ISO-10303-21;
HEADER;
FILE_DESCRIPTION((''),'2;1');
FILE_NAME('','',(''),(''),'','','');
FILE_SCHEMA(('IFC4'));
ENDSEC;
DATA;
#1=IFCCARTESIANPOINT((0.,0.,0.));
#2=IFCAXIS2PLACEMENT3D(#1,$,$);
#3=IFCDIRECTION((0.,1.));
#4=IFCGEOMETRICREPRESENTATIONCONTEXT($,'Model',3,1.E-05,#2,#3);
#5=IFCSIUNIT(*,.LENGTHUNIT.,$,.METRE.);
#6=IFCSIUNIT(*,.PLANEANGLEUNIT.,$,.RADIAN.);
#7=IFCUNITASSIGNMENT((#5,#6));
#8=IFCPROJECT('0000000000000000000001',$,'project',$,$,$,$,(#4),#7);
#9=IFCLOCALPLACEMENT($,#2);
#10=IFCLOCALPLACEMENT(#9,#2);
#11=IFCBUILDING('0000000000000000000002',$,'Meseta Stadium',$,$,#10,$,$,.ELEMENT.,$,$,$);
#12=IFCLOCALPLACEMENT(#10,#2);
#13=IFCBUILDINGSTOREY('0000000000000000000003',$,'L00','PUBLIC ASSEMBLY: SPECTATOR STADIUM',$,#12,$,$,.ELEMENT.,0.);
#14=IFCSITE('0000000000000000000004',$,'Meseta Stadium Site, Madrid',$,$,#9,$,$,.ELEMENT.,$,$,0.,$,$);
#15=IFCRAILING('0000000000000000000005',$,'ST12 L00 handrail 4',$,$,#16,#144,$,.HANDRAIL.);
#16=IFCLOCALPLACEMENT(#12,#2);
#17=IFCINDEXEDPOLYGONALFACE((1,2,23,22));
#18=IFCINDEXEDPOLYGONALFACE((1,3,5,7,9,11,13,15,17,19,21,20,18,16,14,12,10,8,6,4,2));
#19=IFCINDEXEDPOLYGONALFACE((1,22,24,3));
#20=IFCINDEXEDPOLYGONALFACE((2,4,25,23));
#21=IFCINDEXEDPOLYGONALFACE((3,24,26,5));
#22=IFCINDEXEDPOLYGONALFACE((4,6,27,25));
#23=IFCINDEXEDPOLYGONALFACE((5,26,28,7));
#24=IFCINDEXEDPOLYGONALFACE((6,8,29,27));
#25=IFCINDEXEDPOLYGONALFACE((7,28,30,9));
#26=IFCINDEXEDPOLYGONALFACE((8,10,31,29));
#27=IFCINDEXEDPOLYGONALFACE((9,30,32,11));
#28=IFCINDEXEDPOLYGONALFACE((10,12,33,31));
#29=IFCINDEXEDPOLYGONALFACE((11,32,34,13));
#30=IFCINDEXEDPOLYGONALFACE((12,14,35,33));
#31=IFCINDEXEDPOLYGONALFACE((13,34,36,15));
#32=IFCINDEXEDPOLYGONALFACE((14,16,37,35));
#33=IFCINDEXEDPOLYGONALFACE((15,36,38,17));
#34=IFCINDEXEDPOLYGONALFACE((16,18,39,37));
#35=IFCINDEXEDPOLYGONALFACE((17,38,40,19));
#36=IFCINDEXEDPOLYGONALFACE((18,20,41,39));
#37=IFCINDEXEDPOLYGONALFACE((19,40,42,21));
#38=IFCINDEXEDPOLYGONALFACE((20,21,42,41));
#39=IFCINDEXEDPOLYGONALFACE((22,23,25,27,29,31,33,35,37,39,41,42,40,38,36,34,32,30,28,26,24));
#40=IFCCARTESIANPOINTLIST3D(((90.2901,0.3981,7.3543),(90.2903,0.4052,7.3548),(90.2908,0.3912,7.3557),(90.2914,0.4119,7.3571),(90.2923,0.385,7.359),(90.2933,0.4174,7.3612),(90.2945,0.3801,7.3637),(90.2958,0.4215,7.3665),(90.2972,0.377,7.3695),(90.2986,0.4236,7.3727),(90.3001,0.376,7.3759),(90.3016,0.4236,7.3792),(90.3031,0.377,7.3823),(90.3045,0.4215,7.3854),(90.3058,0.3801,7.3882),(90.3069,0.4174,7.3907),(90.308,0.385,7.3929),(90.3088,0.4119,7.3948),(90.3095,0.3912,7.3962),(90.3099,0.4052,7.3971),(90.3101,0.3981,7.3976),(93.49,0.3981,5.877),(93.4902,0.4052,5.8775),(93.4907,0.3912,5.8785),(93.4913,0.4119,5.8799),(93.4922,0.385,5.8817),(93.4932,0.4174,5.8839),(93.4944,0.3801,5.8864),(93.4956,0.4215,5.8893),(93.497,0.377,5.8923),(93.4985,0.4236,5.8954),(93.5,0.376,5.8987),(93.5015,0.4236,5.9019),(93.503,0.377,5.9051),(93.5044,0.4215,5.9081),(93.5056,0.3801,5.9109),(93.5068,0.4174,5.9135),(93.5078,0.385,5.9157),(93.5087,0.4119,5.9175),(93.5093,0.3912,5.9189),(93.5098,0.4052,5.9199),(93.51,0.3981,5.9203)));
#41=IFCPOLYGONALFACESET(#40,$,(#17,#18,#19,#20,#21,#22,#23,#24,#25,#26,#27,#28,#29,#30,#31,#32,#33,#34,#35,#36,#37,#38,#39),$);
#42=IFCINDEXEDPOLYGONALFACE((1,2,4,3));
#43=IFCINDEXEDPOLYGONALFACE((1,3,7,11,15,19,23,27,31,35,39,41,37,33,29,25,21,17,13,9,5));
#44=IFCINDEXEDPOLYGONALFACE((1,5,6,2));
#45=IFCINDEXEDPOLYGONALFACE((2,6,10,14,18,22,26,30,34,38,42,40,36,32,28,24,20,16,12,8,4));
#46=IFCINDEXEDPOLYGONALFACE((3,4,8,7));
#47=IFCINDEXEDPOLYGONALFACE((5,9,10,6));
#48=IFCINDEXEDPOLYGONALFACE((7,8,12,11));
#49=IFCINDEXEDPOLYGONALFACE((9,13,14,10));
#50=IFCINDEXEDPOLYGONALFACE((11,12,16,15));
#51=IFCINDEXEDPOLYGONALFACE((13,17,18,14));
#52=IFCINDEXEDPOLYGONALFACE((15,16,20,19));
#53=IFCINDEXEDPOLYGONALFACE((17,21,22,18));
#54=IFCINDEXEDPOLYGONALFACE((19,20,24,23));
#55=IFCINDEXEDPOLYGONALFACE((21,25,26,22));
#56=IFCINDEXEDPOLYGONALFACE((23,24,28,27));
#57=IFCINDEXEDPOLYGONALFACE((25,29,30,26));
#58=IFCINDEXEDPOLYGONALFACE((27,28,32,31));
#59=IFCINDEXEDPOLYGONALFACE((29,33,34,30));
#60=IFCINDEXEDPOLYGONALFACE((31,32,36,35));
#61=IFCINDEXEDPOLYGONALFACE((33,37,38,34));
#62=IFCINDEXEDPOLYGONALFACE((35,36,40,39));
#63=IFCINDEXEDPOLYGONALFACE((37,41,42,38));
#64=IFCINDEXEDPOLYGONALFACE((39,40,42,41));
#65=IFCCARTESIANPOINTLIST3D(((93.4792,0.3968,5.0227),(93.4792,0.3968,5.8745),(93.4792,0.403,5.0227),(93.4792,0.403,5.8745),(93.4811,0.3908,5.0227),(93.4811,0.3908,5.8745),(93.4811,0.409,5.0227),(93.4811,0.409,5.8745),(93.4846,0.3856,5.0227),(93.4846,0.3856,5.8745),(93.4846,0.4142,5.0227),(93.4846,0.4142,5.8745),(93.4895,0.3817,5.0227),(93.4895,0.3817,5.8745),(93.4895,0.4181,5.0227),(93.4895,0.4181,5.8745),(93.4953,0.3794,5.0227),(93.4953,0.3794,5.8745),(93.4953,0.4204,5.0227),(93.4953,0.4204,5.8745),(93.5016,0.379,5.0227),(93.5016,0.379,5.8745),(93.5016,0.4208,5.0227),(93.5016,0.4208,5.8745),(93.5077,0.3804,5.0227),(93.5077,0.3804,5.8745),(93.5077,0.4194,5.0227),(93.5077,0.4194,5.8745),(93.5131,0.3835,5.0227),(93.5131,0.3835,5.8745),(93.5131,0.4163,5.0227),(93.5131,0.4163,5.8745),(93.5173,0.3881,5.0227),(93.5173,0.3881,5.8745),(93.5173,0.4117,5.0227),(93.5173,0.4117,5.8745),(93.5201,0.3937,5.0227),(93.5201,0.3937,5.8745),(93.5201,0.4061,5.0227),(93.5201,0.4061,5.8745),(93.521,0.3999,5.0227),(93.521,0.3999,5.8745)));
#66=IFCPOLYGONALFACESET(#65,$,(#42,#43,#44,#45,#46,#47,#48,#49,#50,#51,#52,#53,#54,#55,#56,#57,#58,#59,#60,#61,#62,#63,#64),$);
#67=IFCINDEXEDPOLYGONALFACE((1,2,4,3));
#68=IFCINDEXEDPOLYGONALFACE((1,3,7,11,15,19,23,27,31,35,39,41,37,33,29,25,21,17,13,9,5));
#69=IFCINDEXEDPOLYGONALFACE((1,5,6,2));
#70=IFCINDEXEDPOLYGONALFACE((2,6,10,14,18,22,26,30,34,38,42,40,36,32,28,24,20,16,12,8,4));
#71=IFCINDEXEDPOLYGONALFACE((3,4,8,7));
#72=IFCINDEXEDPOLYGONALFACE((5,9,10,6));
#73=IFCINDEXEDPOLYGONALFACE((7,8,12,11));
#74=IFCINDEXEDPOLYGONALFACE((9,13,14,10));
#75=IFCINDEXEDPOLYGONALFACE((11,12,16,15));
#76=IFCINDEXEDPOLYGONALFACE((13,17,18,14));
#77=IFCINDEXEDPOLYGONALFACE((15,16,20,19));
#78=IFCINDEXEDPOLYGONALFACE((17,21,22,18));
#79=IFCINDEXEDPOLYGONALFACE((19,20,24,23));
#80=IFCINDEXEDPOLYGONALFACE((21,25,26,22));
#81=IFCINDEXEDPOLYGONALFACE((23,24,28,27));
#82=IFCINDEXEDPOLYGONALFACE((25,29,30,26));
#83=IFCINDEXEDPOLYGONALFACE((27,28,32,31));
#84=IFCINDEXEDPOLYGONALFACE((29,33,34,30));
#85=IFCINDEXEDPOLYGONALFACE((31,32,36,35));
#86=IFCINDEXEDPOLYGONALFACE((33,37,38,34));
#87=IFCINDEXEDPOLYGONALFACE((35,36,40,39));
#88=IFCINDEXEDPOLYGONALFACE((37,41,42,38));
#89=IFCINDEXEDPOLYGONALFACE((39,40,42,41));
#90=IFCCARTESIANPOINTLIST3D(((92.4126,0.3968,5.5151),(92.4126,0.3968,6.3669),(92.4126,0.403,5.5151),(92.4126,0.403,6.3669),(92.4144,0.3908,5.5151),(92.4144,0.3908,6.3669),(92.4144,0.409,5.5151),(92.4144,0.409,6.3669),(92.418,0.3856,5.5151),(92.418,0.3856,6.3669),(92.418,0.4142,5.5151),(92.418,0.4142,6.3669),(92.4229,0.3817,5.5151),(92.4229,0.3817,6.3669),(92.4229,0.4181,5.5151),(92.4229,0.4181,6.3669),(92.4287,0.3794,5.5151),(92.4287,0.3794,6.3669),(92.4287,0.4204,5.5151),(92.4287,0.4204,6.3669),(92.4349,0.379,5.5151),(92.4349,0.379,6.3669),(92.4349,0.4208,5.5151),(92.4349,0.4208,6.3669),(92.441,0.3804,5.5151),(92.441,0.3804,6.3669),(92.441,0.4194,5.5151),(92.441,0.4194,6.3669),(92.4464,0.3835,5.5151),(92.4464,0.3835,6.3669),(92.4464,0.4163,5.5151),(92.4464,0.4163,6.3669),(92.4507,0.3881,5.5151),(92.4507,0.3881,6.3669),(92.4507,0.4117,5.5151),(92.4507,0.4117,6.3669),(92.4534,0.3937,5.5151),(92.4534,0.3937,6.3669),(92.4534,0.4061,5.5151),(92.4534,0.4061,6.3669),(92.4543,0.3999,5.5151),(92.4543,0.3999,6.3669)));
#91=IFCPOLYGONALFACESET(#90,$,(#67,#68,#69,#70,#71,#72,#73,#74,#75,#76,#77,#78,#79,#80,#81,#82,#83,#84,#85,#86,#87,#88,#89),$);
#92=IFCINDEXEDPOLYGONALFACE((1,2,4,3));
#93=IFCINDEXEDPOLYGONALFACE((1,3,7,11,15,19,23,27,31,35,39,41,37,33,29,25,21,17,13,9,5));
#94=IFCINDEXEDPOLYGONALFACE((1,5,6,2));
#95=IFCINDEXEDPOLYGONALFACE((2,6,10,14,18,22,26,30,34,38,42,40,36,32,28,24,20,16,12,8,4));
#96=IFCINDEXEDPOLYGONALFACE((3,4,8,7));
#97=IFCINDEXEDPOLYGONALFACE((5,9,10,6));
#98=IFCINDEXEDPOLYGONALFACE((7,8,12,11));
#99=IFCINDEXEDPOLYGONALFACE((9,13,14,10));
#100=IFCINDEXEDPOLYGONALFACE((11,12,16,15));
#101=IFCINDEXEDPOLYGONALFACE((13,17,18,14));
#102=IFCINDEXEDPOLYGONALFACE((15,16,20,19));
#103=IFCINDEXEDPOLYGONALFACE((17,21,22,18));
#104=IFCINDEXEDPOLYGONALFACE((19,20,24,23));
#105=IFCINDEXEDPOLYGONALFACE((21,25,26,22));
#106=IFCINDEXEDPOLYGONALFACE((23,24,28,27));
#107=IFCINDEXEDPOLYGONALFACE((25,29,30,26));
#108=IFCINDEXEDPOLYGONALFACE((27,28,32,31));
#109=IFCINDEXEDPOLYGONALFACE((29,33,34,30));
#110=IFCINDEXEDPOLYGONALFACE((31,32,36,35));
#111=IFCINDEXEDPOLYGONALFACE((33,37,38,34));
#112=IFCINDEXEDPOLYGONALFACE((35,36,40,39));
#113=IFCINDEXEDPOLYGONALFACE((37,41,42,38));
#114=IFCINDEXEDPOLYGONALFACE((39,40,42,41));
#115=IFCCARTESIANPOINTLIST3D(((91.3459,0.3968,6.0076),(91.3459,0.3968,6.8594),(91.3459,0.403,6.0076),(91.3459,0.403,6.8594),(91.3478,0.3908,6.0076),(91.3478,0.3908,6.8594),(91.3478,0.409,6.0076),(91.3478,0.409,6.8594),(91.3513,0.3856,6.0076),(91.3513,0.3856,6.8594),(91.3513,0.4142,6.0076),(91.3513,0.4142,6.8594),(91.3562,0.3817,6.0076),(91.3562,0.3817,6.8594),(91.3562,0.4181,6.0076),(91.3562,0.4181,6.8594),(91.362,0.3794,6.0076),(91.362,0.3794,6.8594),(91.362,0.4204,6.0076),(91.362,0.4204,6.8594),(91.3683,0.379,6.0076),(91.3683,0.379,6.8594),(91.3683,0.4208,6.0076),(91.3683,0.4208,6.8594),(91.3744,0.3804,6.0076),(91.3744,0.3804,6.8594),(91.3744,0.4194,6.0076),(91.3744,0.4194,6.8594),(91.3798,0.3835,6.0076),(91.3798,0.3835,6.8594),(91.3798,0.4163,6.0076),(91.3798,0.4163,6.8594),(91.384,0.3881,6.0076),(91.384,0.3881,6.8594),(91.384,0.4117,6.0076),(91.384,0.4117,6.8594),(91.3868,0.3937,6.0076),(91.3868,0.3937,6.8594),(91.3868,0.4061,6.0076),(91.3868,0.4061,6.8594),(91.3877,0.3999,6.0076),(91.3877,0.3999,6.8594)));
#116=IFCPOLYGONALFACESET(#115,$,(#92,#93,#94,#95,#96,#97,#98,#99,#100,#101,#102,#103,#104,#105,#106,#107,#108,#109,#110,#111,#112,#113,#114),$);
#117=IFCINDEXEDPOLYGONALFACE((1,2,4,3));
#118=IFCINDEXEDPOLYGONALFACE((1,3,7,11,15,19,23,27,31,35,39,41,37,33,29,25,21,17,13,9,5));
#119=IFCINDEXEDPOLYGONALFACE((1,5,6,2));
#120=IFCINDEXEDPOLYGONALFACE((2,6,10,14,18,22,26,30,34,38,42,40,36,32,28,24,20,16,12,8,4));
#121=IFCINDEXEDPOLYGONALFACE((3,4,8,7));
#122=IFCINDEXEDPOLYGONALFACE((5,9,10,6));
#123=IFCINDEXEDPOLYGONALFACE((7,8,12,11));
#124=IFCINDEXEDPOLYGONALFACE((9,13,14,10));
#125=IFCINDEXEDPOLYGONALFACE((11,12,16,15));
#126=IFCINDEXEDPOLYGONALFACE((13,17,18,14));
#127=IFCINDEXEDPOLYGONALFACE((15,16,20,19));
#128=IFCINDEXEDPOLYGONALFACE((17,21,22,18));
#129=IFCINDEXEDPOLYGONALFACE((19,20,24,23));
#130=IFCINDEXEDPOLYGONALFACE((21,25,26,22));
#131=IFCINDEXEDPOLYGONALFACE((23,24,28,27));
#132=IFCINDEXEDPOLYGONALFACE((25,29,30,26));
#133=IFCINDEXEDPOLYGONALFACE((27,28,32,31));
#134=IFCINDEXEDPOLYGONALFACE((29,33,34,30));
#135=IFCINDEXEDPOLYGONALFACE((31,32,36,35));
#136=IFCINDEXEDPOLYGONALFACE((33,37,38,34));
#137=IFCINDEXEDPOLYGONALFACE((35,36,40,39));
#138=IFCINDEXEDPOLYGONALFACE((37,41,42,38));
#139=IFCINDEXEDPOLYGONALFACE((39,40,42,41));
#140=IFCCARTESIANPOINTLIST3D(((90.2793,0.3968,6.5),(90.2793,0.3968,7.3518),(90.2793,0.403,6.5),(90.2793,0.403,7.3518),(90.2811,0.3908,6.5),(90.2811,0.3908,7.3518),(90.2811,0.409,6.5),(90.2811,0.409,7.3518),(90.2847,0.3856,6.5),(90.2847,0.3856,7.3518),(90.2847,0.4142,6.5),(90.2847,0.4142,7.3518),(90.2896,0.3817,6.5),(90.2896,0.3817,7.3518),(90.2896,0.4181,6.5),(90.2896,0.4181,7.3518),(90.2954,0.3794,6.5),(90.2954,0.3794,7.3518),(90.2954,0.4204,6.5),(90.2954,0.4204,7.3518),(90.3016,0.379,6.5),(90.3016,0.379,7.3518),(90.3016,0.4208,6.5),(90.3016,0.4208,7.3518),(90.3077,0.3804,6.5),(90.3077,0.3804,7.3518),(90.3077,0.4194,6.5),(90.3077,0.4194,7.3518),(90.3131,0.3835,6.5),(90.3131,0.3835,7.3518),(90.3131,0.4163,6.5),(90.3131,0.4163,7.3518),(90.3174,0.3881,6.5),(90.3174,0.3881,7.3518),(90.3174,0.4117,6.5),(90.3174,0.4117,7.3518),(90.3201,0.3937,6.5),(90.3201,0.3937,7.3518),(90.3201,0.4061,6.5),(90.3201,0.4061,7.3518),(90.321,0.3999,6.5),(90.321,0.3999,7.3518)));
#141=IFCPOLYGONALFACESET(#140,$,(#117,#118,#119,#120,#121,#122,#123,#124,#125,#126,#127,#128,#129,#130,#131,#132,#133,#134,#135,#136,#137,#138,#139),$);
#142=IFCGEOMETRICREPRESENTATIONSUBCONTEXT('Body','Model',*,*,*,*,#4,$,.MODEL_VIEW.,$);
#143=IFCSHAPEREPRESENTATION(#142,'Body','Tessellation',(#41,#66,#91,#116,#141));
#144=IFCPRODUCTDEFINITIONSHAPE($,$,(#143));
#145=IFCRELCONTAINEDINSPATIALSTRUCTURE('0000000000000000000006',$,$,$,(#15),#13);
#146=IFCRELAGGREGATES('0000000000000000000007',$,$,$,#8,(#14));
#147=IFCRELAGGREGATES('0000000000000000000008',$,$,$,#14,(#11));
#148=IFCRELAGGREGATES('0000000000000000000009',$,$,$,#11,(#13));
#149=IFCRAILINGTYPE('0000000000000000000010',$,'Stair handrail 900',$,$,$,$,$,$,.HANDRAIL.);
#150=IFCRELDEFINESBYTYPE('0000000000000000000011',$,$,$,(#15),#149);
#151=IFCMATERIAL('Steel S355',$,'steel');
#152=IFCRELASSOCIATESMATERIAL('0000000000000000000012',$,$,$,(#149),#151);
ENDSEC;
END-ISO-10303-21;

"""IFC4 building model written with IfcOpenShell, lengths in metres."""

from ifc_helpers import new_model, si_unit, direction, frame, origin, origin_2d, place, context, subcontext, project, spatial, circle, extrude, material, type_object, element, save


model = new_model("IFC4")

# Units and contexts
model_context = context("Model", 3, precision=1e-05, world=origin(), true_north=direction((0.0, 1.0)))
body_context = subcontext(model_context, "Body", "Model", "MODEL_VIEW")
ifc_project = project(units=[si_unit("LENGTHUNIT", "METRE"), si_unit("PLANEANGLEUNIT", "RADIAN")], contexts=[model_context])

# Site, building, storey
site_placement = place(None, origin())
site = spatial("IfcSite", under=ifc_project, at=site_placement, Name="Meseta Stadium Site, Madrid", CompositionType="ELEMENT", RefElevation=0.0)
building_placement = place(site_placement, origin())
building = spatial("IfcBuilding", under=site, at=building_placement, Name="Meseta Stadium", CompositionType="ELEMENT")
storey_placement = place(building_placement, origin())
storey = spatial("IfcBuildingStorey", under=building, at=storey_placement, Name="L00", Description="PUBLIC ASSEMBLY: SPECTATOR STADIUM", CompositionType="ELEMENT", Elevation=0.0)

# Railing
ifc_material_1 = material(Name="Steel S355", Category="steel")
railing_type_1 = type_object("IfcRailingType", Name="Stair handrail 900", PredefinedType="HANDRAIL", material=ifc_material_1)
for number, where, name in (
    (1, (93.5, 0.3999, 5.0227), "ST12 L00 handrail 4"),
):
    element("IfcRailing", number, at=place(storey_placement, frame(where)), inside=storey, type_object=railing_type_1, Name=name, PredefinedType="HANDRAIL", context=body_context, shape_type="SweptSolid", body=[
        extrude(circle(Radius=0.0239, at=origin_2d()), frame((0.0, 0.0, 0.876), z_axis=(-0.907917, 0.0, 0.41915), x_axis=(0.0, -1.0, 0.0)), (0.0, 0.0, 1.0), 3.5244),
        extrude(circle(Radius=0.021, at=origin_2d()), origin(), (0.0, 0.0, 1.0), 0.8518),
        extrude(circle(Radius=0.021, at=origin_2d()), frame((-1.0667, 0.0, 0.4924)), (0.0, 0.0, 1.0), 0.8518),
        extrude(circle(Radius=0.021, at=origin_2d()), frame((-2.1333, 0.0, 0.9849)), (0.0, 0.0, 1.0), 0.8518),
        extrude(circle(Radius=0.021, at=origin_2d()), frame((-3.2, 0.0, 1.4773)), (0.0, 0.0, 1.0), 0.8518),
    ])

save(model, "model.ifc")
